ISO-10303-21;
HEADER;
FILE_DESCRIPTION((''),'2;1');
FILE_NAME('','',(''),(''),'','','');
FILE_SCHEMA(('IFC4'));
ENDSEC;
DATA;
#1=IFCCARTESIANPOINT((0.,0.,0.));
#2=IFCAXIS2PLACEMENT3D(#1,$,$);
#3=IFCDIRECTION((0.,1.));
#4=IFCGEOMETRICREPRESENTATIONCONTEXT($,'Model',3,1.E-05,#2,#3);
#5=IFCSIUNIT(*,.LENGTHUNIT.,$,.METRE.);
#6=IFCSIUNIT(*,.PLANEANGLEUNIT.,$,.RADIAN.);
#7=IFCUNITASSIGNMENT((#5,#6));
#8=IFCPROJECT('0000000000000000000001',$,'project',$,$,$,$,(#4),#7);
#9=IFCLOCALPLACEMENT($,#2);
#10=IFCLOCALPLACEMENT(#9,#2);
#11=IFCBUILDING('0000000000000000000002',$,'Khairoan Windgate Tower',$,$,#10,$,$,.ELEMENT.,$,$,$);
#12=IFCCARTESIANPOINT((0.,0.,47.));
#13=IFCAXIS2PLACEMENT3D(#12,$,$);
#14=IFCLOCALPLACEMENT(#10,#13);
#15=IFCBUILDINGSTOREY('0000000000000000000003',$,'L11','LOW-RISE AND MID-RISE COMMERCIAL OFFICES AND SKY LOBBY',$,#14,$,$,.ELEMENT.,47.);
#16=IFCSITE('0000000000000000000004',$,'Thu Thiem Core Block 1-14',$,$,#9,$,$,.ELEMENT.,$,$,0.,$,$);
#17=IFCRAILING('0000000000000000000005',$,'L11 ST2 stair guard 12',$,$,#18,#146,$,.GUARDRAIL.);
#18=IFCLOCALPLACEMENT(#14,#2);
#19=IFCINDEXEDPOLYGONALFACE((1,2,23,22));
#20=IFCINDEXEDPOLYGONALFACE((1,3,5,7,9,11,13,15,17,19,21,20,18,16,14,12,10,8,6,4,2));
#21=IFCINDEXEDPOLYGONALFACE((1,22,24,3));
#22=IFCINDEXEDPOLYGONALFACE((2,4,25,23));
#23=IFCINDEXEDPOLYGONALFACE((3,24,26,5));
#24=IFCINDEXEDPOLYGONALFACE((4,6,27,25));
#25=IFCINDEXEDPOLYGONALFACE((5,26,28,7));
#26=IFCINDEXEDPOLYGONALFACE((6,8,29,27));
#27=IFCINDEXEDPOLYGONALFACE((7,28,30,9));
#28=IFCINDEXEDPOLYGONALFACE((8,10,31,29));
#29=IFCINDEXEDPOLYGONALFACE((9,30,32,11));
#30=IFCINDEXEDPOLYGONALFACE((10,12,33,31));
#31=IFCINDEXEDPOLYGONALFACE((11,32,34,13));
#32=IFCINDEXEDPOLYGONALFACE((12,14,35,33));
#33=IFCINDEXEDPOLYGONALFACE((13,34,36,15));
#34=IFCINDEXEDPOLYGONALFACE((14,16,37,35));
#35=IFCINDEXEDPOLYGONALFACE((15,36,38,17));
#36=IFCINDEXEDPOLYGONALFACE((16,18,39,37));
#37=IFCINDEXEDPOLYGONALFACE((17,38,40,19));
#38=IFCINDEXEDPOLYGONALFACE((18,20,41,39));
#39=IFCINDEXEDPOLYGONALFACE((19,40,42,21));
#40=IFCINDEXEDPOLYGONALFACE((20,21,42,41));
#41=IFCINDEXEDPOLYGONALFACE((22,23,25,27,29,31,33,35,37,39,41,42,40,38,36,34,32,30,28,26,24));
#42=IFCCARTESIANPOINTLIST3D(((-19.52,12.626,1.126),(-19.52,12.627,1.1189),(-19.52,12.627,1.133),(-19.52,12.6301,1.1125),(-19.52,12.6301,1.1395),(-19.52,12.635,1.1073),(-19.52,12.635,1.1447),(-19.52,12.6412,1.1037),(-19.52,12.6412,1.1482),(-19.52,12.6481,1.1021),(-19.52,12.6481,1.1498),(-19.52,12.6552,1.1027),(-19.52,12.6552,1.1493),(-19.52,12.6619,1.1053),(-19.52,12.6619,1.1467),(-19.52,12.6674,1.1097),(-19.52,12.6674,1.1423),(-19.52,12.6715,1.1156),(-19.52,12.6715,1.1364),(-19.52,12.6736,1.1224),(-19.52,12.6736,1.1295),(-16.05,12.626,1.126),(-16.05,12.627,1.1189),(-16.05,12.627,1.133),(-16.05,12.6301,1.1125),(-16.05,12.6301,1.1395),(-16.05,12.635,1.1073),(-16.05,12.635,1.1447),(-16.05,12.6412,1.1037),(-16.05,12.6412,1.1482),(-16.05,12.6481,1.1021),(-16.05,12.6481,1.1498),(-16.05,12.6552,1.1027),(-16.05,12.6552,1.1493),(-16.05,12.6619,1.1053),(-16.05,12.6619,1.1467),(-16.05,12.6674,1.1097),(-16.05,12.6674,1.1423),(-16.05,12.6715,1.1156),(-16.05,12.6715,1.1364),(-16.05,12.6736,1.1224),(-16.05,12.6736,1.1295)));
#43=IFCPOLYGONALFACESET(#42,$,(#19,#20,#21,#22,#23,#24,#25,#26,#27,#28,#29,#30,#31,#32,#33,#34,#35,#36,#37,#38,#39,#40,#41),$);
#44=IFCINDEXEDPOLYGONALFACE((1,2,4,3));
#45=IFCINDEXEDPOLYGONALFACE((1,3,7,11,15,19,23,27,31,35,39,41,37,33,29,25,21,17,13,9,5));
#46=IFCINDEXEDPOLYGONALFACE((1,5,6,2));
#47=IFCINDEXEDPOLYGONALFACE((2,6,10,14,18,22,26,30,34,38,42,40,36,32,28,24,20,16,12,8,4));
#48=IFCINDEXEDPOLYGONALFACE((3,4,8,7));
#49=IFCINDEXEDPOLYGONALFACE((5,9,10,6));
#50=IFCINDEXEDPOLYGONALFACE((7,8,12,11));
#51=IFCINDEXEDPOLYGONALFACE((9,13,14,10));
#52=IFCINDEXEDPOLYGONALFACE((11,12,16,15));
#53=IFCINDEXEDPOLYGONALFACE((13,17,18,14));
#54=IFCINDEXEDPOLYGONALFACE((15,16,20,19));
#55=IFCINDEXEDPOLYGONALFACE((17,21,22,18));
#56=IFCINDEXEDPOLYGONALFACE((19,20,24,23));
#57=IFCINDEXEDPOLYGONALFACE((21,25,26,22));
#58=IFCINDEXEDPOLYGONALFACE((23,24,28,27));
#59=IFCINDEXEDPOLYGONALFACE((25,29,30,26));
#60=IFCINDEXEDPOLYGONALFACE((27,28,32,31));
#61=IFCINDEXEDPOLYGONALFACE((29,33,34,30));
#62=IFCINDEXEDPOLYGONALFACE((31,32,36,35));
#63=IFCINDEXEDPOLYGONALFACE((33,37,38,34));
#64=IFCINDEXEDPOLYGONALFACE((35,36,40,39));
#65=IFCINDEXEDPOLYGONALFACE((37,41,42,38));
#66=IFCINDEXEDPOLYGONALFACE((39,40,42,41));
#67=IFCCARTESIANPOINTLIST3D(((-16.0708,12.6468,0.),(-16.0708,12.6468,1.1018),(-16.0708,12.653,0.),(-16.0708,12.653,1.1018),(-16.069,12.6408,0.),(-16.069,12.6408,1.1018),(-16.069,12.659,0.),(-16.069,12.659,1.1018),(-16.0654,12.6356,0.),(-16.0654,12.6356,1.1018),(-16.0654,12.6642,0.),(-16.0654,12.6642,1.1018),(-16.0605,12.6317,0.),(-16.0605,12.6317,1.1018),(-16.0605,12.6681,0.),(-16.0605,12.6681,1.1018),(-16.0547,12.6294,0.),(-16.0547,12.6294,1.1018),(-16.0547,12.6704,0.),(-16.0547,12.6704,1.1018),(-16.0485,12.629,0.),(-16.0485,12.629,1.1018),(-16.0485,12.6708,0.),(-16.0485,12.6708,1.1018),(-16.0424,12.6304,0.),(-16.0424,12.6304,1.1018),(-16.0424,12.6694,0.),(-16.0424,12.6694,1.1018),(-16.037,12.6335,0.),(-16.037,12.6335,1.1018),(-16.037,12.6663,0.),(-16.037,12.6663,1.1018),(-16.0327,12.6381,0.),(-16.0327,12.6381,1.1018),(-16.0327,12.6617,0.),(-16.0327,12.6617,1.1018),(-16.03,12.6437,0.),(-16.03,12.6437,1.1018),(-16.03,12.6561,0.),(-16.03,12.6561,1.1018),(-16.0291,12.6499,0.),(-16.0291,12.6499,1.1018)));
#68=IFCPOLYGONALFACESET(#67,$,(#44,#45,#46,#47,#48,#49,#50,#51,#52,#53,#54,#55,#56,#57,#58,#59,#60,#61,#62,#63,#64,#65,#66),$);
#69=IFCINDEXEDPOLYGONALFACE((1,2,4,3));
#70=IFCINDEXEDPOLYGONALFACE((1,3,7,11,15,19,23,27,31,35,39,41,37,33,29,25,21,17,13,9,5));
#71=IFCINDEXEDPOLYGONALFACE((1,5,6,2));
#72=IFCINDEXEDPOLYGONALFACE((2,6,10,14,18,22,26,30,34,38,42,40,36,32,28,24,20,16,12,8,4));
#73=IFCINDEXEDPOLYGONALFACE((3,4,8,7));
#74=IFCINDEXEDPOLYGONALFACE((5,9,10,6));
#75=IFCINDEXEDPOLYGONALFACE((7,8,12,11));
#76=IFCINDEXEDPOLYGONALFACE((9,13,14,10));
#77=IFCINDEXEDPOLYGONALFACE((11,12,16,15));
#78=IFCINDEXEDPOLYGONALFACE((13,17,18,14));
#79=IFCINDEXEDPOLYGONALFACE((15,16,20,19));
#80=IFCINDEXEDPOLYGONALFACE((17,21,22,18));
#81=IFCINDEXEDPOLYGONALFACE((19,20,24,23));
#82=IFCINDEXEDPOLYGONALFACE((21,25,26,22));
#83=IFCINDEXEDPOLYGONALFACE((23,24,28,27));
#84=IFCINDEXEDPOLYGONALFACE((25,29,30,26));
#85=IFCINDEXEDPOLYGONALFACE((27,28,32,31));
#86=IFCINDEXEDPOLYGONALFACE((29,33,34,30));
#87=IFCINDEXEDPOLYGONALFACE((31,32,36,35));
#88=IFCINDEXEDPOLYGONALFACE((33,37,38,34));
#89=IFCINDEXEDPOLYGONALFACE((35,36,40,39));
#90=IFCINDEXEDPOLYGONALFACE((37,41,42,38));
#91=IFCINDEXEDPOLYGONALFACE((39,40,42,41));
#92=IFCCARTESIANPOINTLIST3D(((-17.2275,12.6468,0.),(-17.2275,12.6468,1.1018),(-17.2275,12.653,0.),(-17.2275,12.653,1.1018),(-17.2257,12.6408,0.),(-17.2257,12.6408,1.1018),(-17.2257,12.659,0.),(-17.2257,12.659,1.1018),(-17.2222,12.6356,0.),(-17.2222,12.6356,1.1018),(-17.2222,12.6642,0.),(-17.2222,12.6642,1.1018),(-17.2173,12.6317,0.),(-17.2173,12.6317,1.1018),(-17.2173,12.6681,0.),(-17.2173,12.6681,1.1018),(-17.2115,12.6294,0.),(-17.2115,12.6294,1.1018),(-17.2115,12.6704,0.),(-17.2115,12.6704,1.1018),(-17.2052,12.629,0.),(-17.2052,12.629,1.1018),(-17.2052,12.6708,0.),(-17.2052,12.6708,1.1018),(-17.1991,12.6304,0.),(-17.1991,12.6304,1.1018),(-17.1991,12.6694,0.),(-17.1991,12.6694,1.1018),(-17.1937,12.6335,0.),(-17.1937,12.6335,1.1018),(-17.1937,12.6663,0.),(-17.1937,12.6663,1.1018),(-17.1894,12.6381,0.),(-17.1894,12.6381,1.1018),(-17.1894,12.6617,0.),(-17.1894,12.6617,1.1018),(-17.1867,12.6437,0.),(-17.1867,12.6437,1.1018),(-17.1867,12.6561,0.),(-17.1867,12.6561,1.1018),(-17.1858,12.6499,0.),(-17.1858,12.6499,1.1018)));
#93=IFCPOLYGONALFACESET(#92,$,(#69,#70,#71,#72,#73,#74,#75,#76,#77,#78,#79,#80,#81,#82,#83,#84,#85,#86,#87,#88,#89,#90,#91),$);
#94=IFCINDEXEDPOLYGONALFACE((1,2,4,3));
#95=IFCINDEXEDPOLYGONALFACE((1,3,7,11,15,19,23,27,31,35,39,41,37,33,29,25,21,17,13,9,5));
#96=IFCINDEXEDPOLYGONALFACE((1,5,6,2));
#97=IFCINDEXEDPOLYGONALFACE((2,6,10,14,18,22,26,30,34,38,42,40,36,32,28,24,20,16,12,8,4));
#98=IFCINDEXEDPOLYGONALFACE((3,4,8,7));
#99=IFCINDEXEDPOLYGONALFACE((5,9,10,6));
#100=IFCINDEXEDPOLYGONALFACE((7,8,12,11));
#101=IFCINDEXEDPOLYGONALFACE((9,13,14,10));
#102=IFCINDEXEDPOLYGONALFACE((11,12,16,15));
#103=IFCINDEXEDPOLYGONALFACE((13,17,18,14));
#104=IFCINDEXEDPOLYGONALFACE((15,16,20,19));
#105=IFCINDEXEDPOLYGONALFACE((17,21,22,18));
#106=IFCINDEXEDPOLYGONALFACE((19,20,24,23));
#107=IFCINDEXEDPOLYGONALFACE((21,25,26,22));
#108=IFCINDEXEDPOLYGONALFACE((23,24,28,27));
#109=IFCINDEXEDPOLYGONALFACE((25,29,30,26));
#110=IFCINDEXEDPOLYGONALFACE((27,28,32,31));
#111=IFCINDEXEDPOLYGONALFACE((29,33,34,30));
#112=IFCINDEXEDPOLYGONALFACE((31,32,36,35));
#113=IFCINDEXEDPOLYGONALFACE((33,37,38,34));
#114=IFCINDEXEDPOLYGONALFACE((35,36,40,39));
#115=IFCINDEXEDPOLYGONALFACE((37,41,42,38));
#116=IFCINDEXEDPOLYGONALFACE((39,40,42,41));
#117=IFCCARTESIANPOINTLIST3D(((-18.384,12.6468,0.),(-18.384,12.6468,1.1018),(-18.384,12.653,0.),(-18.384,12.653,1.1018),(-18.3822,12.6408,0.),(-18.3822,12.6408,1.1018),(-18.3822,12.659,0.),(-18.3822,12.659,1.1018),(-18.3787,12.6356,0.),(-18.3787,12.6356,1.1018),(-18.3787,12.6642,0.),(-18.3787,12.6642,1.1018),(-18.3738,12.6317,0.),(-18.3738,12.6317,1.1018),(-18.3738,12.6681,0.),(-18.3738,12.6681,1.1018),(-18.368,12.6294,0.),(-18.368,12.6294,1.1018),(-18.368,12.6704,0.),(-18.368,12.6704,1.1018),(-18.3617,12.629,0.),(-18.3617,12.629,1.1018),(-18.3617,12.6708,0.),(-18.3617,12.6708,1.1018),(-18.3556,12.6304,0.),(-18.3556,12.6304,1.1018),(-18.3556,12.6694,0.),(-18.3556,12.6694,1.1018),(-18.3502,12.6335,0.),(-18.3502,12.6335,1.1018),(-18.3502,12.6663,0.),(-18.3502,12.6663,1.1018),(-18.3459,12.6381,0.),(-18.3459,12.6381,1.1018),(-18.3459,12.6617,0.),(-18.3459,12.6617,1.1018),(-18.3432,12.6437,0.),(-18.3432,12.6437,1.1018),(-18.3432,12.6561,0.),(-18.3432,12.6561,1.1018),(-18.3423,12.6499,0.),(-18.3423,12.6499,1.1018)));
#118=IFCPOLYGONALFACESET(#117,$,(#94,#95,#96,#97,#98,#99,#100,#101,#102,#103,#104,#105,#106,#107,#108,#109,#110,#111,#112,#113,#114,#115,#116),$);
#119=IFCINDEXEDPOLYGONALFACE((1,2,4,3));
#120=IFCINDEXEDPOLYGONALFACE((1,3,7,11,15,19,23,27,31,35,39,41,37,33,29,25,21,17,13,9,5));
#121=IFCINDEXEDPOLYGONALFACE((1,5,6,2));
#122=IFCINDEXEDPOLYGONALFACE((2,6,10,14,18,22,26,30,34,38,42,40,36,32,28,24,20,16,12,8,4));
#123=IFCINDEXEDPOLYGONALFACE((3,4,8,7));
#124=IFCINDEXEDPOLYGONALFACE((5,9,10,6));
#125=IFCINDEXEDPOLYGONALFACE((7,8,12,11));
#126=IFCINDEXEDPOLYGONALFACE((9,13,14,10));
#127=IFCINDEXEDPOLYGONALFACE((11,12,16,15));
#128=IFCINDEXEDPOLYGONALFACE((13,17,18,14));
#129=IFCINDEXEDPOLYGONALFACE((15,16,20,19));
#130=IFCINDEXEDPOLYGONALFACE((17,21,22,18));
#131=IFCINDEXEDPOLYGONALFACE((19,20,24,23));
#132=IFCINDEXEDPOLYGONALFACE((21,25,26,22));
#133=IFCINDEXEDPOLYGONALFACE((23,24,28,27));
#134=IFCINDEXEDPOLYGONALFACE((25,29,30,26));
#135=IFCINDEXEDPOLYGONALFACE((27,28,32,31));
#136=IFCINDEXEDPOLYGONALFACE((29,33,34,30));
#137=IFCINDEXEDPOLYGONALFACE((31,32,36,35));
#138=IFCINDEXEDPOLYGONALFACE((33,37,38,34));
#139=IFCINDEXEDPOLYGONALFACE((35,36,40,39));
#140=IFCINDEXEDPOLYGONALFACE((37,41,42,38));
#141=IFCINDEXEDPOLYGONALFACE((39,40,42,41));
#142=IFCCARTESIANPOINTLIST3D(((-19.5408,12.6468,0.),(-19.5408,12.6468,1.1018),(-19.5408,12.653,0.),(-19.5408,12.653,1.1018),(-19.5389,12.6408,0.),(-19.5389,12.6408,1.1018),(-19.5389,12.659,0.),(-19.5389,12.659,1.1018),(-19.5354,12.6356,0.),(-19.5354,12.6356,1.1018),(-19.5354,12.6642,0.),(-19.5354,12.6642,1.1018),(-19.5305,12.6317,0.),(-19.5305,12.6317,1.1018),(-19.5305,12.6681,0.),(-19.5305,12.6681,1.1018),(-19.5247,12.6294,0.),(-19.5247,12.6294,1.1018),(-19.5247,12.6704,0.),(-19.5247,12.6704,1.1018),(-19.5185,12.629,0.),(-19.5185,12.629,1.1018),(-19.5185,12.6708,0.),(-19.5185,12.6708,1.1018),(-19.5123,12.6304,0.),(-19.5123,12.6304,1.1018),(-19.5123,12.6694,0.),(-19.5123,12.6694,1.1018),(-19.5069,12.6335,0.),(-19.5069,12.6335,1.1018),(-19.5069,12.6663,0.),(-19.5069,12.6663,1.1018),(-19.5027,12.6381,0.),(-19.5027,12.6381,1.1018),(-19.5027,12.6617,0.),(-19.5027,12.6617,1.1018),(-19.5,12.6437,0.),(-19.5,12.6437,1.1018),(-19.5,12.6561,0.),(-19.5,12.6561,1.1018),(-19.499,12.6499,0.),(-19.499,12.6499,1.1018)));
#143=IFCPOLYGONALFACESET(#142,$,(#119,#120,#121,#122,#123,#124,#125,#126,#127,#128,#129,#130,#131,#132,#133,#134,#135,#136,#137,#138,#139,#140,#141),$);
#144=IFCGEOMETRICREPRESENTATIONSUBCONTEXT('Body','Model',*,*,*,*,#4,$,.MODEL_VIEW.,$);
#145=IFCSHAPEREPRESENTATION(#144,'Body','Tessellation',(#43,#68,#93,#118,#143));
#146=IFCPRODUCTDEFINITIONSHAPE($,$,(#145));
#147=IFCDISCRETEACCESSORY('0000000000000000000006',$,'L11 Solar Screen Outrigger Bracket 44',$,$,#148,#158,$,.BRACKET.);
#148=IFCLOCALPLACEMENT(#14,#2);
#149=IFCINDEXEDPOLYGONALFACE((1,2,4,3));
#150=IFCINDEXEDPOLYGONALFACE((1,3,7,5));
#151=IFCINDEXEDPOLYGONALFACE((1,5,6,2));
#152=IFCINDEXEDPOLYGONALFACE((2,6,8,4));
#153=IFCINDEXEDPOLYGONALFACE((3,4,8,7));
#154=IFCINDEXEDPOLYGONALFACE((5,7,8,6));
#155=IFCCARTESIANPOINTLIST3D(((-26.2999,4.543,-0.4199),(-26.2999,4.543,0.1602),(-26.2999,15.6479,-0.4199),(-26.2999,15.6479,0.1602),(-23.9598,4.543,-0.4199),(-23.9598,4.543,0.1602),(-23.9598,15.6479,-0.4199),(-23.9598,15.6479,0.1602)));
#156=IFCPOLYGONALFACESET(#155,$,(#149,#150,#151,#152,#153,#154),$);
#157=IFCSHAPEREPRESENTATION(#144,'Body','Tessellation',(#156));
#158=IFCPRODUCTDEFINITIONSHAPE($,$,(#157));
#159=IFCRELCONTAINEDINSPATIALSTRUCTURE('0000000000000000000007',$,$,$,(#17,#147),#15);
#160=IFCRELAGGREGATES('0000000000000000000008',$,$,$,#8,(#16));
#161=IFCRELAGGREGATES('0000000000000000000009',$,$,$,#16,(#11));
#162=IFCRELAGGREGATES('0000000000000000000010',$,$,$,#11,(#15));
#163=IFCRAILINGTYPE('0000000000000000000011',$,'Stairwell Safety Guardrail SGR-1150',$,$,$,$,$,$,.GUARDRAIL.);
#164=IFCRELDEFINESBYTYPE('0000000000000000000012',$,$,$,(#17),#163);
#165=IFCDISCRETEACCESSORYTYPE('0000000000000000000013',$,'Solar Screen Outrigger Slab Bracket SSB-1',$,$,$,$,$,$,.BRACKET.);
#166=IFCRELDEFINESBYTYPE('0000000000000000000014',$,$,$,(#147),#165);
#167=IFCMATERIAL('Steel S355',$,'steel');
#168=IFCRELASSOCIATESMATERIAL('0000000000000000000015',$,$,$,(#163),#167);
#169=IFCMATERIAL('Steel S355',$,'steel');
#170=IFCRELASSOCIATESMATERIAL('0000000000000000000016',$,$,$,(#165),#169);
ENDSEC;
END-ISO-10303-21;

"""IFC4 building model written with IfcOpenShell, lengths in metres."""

from ifc_helpers import new_model, si_unit, direction, frame, origin, origin_2d, place, context, subcontext, project, spatial, rectangle, circle, extrude, material, type_object, element, save


model = new_model("IFC4")

# Units and contexts
model_context = context("Model", 3, precision=1e-05, world=origin(), true_north=direction((0.0, 1.0)))
body_context = subcontext(model_context, "Body", "Model", "MODEL_VIEW")
ifc_project = project(units=[si_unit("LENGTHUNIT", "METRE"), si_unit("PLANEANGLEUNIT", "RADIAN")], contexts=[model_context])

# Site, building, storey
site_placement = place(None, origin())
site = spatial("IfcSite", under=ifc_project, at=site_placement, Name="Thu Thiem Core Block 1-14", CompositionType="ELEMENT", RefElevation=0.0)
building_placement = place(site_placement, origin())
building = spatial("IfcBuilding", under=site, at=building_placement, Name="Khairoan Windgate Tower", CompositionType="ELEMENT")
storey_placement = place(building_placement, frame((0.0, 0.0, 47.0)))
storey = spatial("IfcBuildingStorey", under=building, at=storey_placement, Name="L11", Description="LOW-RISE AND MID-RISE COMMERCIAL OFFICES AND SKY LOBBY", CompositionType="ELEMENT", Elevation=47.0)

# Railing
ifc_material_1 = material(Name="Steel S355", Category="steel")
railing_type = type_object("IfcRailingType", Name="Stairwell Safety Guardrail SGR-1150", PredefinedType="GUARDRAIL", material=ifc_material_1)
railing_1_placement = place(storey_placement, frame((-16.05, 12.6499, 0.0)))
element("IfcRailing", 1, at=railing_1_placement, inside=storey, type_object=railing_type, Name="L11 ST2 stair guard 12", PredefinedType="GUARDRAIL", context=body_context, shape_type="SweptSolid", body=[
    extrude(circle(Radius=0.0239, at=origin_2d()), frame((0.0, 0.0, 1.126), z_axis=(-1.0, 0.0, 0.0), x_axis=(0.0, -1.0, 0.0)), (0.0, 0.0, 1.0), 3.47),
    extrude(circle(Radius=0.021, at=origin_2d()), origin(), (0.0, 0.0, 1.0), 1.1018),
    extrude(circle(Radius=0.021, at=origin_2d()), frame((-1.1567, 0.0, 0.0)), (0.0, 0.0, 1.0), 1.1018),
    extrude(circle(Radius=0.021, at=origin_2d()), frame((-2.3132, 0.0, 0.0)), (0.0, 0.0, 1.0), 1.1018),
    extrude(circle(Radius=0.021, at=origin_2d()), frame((-3.47, 0.0, 0.0)), (0.0, 0.0, 1.0), 1.1018),
])

# Discrete accessory
ifc_material_2 = material(Name="Steel S355", Category="steel")
discrete_accessory_type = type_object("IfcDiscreteAccessoryType", Name="Solar Screen Outrigger Slab Bracket SSB-1", PredefinedType="BRACKET", material=ifc_material_2)
discrete_accessory_placement = place(storey_placement, frame((-25.1299, 10.0955, -0.4199), z_axis=(0.0, 0.0, 1.0), x_axis=(0.0, 1.0, 0.0)))
element("IfcDiscreteAccessory", 2, at=discrete_accessory_placement, inside=storey, type_object=discrete_accessory_type, Name="L11 Solar Screen Outrigger Bracket 44", PredefinedType="BRACKET", context=body_context, shape_type="SweptSolid", body=[
    extrude(rectangle(XDim=11.105, YDim=2.3401, at=origin_2d()), origin(), (0.0, 0.0, 1.0), 0.5801),
])

save(model, "model.ifc")
